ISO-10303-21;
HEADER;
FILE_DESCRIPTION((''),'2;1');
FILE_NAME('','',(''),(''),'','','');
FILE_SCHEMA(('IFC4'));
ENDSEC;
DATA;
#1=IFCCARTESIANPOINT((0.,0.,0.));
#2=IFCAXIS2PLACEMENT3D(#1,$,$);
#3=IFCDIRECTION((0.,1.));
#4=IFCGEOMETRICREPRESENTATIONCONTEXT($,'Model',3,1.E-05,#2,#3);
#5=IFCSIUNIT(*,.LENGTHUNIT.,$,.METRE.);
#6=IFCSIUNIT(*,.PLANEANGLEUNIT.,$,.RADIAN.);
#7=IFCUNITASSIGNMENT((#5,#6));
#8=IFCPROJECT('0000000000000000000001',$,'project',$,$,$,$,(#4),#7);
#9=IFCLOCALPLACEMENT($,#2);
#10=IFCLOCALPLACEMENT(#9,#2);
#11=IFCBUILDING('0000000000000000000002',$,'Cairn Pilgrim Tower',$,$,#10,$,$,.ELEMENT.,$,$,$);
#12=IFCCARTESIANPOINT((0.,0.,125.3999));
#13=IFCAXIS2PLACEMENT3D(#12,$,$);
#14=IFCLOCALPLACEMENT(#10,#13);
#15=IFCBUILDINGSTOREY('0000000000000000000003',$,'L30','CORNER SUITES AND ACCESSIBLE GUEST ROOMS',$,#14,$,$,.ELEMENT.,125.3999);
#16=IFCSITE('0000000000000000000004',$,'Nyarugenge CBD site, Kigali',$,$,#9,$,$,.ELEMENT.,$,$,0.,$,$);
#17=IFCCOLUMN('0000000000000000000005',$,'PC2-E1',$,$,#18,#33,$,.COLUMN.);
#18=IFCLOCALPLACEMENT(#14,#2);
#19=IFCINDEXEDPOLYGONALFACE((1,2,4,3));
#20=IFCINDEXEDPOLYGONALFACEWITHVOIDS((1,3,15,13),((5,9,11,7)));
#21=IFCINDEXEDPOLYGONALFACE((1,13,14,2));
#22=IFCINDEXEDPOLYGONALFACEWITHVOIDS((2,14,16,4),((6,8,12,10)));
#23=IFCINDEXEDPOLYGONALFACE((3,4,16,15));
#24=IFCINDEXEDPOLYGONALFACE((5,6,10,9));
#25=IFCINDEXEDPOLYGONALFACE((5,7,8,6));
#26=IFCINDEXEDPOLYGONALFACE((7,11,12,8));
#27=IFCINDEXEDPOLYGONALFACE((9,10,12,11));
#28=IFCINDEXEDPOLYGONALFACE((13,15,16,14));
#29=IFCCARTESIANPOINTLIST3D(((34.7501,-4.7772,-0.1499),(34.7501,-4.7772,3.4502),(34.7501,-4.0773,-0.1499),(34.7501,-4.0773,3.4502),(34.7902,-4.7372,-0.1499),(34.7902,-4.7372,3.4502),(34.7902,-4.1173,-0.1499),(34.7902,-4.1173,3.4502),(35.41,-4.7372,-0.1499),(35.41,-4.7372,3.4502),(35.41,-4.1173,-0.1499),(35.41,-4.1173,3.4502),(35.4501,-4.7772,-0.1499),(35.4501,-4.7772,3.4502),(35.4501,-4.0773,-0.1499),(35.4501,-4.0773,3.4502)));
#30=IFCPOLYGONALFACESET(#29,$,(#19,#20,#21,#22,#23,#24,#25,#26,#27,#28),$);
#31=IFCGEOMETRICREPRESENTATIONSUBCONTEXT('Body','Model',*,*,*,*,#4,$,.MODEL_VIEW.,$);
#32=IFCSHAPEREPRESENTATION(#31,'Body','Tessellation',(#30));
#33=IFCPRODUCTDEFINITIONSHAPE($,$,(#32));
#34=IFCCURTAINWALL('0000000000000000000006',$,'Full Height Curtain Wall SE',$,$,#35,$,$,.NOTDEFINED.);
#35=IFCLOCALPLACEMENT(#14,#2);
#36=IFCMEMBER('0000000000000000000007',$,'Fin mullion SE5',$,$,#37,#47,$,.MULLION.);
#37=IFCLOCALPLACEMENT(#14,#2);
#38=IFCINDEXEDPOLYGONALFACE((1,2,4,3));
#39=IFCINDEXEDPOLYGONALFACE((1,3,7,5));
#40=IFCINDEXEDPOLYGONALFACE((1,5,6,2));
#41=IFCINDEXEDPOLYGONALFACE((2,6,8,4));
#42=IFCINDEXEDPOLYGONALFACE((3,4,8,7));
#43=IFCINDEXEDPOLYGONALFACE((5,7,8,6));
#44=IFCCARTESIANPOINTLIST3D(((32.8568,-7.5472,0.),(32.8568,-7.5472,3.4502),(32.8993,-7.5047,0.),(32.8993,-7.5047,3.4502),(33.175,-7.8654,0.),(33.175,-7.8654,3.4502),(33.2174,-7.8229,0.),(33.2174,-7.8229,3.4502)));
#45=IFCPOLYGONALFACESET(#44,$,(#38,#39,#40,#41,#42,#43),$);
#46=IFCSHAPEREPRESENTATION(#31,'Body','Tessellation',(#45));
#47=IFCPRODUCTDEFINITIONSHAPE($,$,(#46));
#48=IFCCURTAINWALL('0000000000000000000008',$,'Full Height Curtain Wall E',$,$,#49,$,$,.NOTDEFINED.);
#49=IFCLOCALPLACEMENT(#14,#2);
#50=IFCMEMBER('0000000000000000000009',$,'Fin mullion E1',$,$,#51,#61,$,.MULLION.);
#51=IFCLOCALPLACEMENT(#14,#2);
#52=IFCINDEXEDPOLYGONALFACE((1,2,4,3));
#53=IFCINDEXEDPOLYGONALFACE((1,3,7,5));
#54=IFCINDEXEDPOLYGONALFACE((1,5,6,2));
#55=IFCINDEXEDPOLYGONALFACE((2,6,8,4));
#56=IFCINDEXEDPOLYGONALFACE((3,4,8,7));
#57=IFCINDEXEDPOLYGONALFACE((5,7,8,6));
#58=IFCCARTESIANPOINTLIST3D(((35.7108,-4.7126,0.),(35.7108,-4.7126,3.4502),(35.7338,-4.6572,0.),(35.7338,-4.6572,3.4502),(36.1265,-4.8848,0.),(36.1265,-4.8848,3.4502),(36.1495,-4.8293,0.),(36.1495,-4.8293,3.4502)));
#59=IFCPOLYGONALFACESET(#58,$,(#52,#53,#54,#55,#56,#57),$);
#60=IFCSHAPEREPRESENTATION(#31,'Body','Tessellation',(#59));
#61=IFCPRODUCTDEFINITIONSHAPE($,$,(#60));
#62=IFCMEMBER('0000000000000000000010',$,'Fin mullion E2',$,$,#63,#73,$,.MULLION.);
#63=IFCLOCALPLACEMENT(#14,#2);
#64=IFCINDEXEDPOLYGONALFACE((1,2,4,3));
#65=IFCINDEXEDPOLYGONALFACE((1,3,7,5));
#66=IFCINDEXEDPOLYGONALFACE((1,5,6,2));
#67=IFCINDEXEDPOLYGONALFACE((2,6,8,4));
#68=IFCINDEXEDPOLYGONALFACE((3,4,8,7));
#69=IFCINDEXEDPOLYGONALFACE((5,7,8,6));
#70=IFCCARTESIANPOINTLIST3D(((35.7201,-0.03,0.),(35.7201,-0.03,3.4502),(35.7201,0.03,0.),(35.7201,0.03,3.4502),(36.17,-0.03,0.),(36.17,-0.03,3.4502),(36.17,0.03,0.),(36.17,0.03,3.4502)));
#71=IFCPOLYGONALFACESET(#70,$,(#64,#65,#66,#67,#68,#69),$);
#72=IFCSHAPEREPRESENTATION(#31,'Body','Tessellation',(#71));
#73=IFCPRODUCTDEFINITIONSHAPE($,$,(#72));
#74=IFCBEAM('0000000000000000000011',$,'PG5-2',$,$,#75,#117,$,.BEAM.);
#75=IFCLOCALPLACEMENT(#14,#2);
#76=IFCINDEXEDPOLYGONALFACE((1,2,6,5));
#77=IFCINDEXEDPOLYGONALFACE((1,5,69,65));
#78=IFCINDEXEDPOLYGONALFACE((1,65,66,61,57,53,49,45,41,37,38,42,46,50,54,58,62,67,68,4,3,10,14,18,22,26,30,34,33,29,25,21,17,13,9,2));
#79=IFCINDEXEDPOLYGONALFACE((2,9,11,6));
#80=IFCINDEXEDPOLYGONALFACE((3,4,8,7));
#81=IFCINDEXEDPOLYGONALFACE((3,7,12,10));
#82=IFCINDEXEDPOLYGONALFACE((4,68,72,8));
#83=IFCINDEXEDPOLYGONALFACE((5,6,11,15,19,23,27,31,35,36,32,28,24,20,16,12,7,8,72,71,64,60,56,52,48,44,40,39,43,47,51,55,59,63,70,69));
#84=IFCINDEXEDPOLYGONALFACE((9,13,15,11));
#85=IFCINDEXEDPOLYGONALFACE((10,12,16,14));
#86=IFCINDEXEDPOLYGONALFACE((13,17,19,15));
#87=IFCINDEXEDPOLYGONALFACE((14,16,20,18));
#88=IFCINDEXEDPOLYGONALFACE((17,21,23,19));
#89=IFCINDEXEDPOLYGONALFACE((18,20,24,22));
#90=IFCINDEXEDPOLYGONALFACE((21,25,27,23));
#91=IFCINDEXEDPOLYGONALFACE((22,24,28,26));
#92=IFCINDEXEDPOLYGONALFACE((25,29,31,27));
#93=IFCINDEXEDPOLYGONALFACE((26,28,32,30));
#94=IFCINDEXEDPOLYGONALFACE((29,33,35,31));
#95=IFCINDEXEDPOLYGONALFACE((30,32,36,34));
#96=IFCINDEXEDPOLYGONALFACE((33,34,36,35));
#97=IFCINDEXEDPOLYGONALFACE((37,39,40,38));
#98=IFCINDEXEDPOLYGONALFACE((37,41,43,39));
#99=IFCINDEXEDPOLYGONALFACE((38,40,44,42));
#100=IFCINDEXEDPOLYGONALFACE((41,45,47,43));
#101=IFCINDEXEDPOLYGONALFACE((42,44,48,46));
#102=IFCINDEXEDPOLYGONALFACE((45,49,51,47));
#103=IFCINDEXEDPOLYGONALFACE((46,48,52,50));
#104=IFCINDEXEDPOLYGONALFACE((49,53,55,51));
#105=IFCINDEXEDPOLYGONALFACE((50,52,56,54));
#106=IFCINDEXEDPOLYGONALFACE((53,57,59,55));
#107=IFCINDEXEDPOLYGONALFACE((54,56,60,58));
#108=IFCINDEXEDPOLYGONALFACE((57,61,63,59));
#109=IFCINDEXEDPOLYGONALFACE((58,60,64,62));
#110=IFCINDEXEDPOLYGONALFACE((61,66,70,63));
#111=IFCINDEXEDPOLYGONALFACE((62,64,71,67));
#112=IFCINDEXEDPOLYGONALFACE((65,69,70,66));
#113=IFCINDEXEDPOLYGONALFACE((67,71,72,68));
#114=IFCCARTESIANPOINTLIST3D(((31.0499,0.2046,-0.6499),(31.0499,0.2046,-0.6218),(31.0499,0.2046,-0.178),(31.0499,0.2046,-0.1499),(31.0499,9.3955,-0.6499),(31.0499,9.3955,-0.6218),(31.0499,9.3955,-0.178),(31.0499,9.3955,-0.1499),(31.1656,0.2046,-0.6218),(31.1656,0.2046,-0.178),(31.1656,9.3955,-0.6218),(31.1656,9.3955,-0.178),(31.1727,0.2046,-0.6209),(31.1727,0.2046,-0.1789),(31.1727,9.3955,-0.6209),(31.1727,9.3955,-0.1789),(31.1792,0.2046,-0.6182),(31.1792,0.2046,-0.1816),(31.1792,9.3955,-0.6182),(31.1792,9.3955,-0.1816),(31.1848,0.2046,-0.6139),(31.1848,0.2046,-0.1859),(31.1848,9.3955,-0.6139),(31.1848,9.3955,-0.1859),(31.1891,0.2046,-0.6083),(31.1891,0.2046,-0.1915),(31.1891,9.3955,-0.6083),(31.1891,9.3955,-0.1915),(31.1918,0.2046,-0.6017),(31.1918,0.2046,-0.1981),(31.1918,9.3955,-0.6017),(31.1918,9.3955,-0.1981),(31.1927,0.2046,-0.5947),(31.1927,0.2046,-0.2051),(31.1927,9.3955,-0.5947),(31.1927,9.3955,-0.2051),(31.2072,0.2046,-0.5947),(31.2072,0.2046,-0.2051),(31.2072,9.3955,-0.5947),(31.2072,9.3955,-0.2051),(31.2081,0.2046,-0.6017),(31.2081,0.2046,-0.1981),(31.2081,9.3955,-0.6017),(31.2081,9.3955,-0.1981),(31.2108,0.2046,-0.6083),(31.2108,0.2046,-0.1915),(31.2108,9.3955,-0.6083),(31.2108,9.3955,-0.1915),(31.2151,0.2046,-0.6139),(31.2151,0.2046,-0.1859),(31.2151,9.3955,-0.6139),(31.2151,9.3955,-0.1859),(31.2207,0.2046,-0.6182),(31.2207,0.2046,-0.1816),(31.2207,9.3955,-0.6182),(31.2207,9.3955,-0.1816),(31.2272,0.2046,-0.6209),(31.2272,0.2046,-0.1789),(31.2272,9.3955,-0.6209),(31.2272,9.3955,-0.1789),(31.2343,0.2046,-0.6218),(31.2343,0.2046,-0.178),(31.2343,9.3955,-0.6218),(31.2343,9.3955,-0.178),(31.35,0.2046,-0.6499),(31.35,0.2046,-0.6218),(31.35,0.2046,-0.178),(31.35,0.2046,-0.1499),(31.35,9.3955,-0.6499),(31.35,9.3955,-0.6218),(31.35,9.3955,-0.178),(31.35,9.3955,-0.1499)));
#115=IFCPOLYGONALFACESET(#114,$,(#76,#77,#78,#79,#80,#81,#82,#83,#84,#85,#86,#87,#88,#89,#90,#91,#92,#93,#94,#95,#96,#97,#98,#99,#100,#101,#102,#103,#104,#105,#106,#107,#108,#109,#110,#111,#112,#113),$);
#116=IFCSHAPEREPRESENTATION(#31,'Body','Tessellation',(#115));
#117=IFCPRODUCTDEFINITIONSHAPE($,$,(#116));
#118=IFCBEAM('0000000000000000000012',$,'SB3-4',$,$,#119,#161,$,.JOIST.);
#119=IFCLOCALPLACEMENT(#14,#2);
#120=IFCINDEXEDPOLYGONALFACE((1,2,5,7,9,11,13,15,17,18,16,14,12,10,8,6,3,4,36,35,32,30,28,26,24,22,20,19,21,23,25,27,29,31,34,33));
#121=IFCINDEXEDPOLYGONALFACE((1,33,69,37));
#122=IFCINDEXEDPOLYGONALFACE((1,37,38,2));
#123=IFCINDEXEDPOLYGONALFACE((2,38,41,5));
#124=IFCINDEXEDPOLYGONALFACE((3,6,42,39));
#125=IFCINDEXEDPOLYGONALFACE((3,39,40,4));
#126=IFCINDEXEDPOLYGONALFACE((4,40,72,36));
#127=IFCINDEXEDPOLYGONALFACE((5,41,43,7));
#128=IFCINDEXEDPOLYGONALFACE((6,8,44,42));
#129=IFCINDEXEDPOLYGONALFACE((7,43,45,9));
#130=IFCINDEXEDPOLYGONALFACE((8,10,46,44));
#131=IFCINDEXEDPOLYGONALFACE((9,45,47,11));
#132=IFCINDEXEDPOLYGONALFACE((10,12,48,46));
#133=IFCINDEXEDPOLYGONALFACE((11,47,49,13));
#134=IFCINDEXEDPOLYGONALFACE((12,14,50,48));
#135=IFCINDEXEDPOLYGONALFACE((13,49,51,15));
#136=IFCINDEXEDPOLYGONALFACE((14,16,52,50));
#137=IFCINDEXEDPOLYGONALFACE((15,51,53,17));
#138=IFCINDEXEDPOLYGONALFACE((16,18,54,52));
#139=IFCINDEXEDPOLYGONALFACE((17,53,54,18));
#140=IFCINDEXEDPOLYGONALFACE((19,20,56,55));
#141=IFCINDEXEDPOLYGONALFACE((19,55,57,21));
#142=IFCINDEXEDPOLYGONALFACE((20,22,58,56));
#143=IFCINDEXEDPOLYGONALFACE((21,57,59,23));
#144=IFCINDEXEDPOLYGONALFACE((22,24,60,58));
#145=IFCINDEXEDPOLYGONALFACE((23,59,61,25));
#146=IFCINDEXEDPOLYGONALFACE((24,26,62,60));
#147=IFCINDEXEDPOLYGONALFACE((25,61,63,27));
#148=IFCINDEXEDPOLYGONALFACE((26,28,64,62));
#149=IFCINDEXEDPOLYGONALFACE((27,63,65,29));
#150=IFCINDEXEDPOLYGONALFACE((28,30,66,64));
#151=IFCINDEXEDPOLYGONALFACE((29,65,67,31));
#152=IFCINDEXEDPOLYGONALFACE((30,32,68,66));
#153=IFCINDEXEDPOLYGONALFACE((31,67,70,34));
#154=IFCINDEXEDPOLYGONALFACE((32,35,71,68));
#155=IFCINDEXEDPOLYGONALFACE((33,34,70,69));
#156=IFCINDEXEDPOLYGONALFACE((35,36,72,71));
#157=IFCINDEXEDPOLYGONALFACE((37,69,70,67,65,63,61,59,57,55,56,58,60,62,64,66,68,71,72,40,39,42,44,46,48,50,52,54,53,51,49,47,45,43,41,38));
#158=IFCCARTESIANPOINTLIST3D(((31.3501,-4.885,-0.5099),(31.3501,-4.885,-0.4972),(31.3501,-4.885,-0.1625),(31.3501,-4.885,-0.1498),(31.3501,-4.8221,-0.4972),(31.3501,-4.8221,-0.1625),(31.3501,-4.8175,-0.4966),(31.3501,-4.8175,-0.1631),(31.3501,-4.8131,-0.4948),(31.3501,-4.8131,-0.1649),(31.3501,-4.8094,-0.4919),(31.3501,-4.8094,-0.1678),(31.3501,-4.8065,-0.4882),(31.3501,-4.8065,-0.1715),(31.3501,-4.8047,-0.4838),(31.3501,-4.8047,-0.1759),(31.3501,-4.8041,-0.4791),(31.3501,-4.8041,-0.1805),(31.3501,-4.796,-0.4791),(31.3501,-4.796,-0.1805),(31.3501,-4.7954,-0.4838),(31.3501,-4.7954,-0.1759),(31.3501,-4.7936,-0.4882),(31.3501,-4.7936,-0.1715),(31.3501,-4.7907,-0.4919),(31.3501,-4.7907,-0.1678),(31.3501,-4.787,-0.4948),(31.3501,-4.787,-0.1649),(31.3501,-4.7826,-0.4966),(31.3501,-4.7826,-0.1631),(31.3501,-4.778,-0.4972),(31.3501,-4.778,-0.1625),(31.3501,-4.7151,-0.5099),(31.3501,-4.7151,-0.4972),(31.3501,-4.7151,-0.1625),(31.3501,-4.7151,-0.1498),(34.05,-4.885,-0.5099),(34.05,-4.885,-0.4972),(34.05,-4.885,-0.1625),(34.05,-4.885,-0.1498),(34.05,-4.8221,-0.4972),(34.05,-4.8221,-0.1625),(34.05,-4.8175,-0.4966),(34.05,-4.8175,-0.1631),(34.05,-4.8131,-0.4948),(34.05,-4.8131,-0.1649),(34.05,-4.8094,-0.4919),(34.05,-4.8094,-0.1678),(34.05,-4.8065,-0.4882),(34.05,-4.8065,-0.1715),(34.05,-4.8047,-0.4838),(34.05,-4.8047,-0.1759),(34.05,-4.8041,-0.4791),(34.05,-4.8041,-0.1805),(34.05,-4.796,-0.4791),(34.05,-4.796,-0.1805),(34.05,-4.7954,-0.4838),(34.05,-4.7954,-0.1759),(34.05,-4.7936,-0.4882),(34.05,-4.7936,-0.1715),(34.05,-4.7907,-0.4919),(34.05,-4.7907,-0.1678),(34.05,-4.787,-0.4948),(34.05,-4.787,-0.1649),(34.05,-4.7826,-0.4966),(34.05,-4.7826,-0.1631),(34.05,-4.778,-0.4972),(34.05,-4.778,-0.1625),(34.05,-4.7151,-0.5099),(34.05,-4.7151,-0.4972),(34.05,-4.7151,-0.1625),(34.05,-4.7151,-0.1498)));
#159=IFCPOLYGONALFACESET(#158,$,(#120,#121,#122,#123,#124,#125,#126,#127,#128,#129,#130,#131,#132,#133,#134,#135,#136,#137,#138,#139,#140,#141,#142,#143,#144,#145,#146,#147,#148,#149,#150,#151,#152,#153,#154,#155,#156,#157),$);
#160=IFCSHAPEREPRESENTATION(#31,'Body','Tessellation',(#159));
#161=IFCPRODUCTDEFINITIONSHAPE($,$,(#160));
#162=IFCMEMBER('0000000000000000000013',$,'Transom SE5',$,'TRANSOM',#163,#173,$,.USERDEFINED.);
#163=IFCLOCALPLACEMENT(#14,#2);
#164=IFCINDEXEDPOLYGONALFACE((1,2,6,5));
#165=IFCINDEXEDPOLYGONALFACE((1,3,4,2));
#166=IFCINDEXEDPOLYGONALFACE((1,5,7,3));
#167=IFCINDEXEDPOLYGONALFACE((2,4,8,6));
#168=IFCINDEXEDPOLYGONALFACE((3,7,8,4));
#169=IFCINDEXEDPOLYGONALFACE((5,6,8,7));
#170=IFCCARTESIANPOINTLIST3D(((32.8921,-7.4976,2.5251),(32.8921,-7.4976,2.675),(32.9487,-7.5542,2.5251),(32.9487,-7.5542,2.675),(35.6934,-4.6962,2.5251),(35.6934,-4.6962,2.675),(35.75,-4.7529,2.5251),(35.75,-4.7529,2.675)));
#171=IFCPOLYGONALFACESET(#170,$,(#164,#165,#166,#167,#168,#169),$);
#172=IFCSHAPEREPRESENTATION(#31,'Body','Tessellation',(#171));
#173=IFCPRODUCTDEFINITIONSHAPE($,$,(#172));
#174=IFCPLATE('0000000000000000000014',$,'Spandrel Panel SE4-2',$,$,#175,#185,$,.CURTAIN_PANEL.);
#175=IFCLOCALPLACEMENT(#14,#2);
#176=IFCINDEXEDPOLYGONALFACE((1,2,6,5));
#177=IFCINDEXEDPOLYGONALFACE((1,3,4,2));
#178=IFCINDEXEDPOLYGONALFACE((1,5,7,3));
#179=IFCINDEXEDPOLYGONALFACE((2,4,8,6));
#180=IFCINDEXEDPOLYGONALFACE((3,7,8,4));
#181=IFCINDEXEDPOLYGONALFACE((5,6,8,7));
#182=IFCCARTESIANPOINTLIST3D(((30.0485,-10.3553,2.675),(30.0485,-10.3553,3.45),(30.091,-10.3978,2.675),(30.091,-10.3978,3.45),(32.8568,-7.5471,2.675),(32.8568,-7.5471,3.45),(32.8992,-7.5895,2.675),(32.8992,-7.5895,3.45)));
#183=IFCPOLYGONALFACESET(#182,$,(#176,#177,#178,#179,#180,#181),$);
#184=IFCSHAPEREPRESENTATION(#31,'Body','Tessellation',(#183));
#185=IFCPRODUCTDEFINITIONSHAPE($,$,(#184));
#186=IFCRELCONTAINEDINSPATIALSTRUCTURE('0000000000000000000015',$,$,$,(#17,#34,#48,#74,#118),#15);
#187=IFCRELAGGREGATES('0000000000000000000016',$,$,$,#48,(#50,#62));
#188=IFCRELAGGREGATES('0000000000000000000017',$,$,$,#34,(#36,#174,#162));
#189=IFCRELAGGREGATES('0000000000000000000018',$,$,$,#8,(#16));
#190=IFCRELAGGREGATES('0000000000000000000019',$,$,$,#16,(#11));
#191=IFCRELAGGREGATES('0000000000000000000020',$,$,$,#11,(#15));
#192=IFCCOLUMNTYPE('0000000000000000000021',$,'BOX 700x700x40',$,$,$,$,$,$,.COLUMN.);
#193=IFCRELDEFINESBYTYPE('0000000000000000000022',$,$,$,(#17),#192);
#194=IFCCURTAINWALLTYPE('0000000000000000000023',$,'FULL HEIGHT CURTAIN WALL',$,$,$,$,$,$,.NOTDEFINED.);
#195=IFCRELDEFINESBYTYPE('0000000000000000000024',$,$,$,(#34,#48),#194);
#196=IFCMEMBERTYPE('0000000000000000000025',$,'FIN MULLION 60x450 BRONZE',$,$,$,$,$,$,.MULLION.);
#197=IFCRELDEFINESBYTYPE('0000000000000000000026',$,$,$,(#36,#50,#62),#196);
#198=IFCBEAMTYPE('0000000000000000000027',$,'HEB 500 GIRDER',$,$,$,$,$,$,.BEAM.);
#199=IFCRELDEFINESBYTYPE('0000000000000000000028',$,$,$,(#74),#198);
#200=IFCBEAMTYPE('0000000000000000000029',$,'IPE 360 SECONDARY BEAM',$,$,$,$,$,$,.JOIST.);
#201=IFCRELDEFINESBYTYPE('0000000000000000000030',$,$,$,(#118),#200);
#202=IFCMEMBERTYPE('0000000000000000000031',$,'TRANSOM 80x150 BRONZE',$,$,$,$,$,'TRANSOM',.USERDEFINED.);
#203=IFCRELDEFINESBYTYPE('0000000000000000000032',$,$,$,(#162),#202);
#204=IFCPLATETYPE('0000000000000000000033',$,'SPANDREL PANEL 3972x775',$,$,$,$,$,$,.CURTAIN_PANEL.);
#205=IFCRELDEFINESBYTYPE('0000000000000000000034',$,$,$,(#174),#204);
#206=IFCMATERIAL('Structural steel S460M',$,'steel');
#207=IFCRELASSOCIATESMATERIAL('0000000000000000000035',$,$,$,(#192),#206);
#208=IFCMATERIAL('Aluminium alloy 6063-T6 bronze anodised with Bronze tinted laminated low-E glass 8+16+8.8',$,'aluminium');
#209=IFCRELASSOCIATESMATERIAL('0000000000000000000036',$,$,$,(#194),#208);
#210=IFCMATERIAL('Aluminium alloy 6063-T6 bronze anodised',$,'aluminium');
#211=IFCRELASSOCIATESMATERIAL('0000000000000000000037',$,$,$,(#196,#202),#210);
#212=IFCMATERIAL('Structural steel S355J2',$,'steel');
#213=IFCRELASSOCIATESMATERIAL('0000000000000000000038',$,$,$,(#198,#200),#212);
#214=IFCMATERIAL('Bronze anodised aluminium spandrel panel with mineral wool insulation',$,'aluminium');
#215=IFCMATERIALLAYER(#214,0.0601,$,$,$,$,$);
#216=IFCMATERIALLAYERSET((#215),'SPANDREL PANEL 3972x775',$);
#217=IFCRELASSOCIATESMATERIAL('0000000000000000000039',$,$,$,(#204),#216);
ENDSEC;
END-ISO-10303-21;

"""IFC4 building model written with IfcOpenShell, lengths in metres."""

from ifc_helpers import new_model, si_unit, direction, frame, origin, origin_2d, place, context, subcontext, project, spatial, rectangle, hollow_rectangle, i_section, extrude, material, layer, layer_set, material_profile, profile_set, type_object, element, aggregate, save


model = new_model("IFC4")

# Units and contexts
model_context = context("Model", 3, precision=1e-05, world=origin(), true_north=direction((0.0, 1.0)))
body_context = subcontext(model_context, "Body", "Model", "MODEL_VIEW")
ifc_project = project(units=[si_unit("LENGTHUNIT", "METRE"), si_unit("PLANEANGLEUNIT", "RADIAN")], contexts=[model_context])

# Site, building, storey
site_placement = place(None, origin())
site = spatial("IfcSite", under=ifc_project, at=site_placement, Name="Nyarugenge CBD site, Kigali", CompositionType="ELEMENT", RefElevation=0.0)
building_placement = place(site_placement, origin())
building = spatial("IfcBuilding", under=site, at=building_placement, Name="Cairn Pilgrim Tower", CompositionType="ELEMENT")
storey_placement = place(building_placement, frame((0.0, 0.0, 125.3999)))
storey = spatial("IfcBuildingStorey", under=building, at=storey_placement, Name="L30", Description="CORNER SUITES AND ACCESSIBLE GUEST ROOMS", CompositionType="ELEMENT", Elevation=125.3999)

# Column
ifc_material_1 = material(Name="Structural steel S460M", Category="steel")
ifc_material_profile_1 = material_profile(ifc_material_1, hollow_rectangle(XDim=0.7, YDim=0.7, WallThickness=0.04, at=origin_2d()), Name="BOX 700x700x40")
ifc_profile_set_1 = profile_set([ifc_material_profile_1], Name="Structural steel S460M")
column_type = type_object("IfcColumnType", Name="BOX 700x700x40", PredefinedType="COLUMN", material=ifc_profile_set_1)
column_placement = place(storey_placement, frame((35.1001, -4.4272, -0.1499), z_axis=(0.0, 0.0, 1.0), x_axis=(1.0, 0.0, 0.0)))
element("IfcColumn", 1, at=column_placement, inside=storey, type_object=column_type, Name="PC2-E1", PredefinedType="COLUMN", context=body_context, shape_type="SweptSolid", body=[
    extrude(hollow_rectangle(XDim=0.7, YDim=0.7, WallThickness=0.04, at=origin_2d()), origin(), (0.0, 0.0, 1.0), 3.6001),
])

# Curtain wall, member
ifc_material_2 = material(Name="Aluminium alloy 6063-T6 bronze anodised with Bronze tinted laminated low-E glass 8+16+8.8", Category="aluminium")
curtain_wall_type = type_object("IfcCurtainWallType", Name="FULL HEIGHT CURTAIN WALL", PredefinedType="NOTDEFINED", material=ifc_material_2)
curtain_wall_1_placement = place(storey_placement, origin())
curtain_wall_1 = element("IfcCurtainWall", 2, at=curtain_wall_1_placement, inside=storey, type_object=curtain_wall_type, Name="Full Height Curtain Wall SE", PredefinedType="NOTDEFINED")
ifc_material_3 = material(Name="Aluminium alloy 6063-T6 bronze anodised", Category="aluminium")
ifc_material_profile_2 = material_profile(ifc_material_3, rectangle(XDim=0.45, YDim=0.0601, at=origin_2d()), Name="FIN MULLION 60x450 BRONZE")
ifc_profile_set_2 = profile_set([ifc_material_profile_2], Name="Aluminium alloy 6063-T6 bronze anodised")
member_type_1 = type_object("IfcMemberType", Name="FIN MULLION 60x450 BRONZE", PredefinedType="MULLION", material=ifc_profile_set_2)
member_1_placement = place(storey_placement, frame((33.0371, -7.6851, 0.0), z_axis=(0.0, 0.0, 1.0), x_axis=(0.707107, -0.707107, 0.0)))
member_1 = element("IfcMember", 3, at=member_1_placement, type_object=member_type_1, Name="Fin mullion SE5", PredefinedType="MULLION", context=body_context, shape_type="SweptSolid", body=[
    extrude(rectangle(XDim=0.45, YDim=0.0601, at=origin_2d()), origin(), (0.0, 0.0, 1.0), 3.4502),
])

# Curtain wall, members
curtain_wall_2_placement = place(storey_placement, origin())
curtain_wall_2 = element("IfcCurtainWall", 4, at=curtain_wall_2_placement, inside=storey, type_object=curtain_wall_type, Name="Full Height Curtain Wall E", PredefinedType="NOTDEFINED")
member_2_placement = place(storey_placement, frame((35.9302, -4.771, 0.0), z_axis=(0.0, 0.0, 1.0), x_axis=(0.92388, -0.382683, 0.0)))
member_2 = element("IfcMember", 5, at=member_2_placement, type_object=member_type_1, Name="Fin mullion E1", PredefinedType="MULLION", context=body_context, shape_type="SweptSolid", body=[
    extrude(rectangle(XDim=0.45, YDim=0.0601, at=origin_2d()), origin(), (0.0, 0.0, 1.0), 3.4502),
])
member_3_placement = place(storey_placement, frame((35.9451, 0.0, 0.0), z_axis=(0.0, 0.0, 1.0), x_axis=(1.0, 0.0, 0.0)))
member_3 = element("IfcMember", 6, at=member_3_placement, type_object=member_type_1, Name="Fin mullion E2", PredefinedType="MULLION", context=body_context, shape_type="SweptSolid", body=[
    extrude(rectangle(XDim=0.45, YDim=0.0601, at=origin_2d()), origin(), (0.0, 0.0, 1.0), 3.4502),
])
aggregate(curtain_wall_2, [member_2, member_3])

# Beams
ifc_material_4 = material(Name="Structural steel S355J2", Category="steel")
ifc_material_profile_3 = material_profile(ifc_material_4, i_section(OverallWidth=0.3, OverallDepth=0.5, WebThickness=0.0144, FlangeThickness=0.0281, FilletRadius=0.0271, at=origin_2d()), Name="HEB 500")
ifc_profile_set_3 = profile_set([ifc_material_profile_3], Name="Structural steel S355J2")
beam_type_1 = type_object("IfcBeamType", Name="HEB 500 GIRDER", PredefinedType="BEAM", material=ifc_profile_set_3)
beam_1_placement = place(storey_placement, frame((31.2, 0.2046, -0.3999), z_axis=(0.0, 1.0, 0.0), x_axis=(-1.0, 0.0, 0.0)))
element("IfcBeam", 7, at=beam_1_placement, inside=storey, type_object=beam_type_1, Name="PG5-2", PredefinedType="BEAM", context=body_context, shape_type="SweptSolid", body=[
    extrude(i_section(OverallWidth=0.3, OverallDepth=0.5, WebThickness=0.0144, FlangeThickness=0.0281, FilletRadius=0.0271, at=origin_2d()), origin(), (0.0, 0.0, 1.0), 9.1909),
])
ifc_material_profile_4 = material_profile(ifc_material_4, i_section(OverallWidth=0.1699, OverallDepth=0.3601, WebThickness=0.0081, FlangeThickness=0.0127, FilletRadius=0.0181, at=origin_2d()), Name="IPE 360")
ifc_profile_set_4 = profile_set([ifc_material_profile_4], Name="Structural steel S355J2")
beam_type_2 = type_object("IfcBeamType", Name="IPE 360 SECONDARY BEAM", PredefinedType="JOIST", material=ifc_profile_set_4)
beam_2_placement = place(storey_placement, frame((31.3501, -4.8, -0.3298), z_axis=(1.0, 0.0, 0.0), x_axis=(0.0, 1.0, 0.0)))
element("IfcBeam", 8, at=beam_2_placement, inside=storey, type_object=beam_type_2, Name="SB3-4", PredefinedType="JOIST", context=body_context, shape_type="SweptSolid", body=[
    extrude(i_section(OverallWidth=0.1699, OverallDepth=0.3601, WebThickness=0.0081, FlangeThickness=0.0127, FilletRadius=0.0181, at=origin_2d()), origin(), (0.0, 0.0, 1.0), 2.7),
])

# Member
ifc_material_profile_5 = material_profile(ifc_material_3, rectangle(XDim=0.0801, YDim=0.1499, at=origin_2d()), Name="TRANSOM 80x150 BRONZE")
ifc_profile_set_5 = profile_set([ifc_material_profile_5], Name="Aluminium alloy 6063-T6 bronze anodised")
member_type_2 = type_object("IfcMemberType", Name="TRANSOM 80x150 BRONZE", ElementType="TRANSOM", PredefinedType="USERDEFINED", material=ifc_profile_set_5)
member_4_placement = place(storey_placement, frame((32.9204, -7.5259, 2.6001), z_axis=(0.707107, 0.707107, 0.0), x_axis=(-0.707107, 0.707107, 0.0)))
member_4 = element("IfcMember", 9, at=member_4_placement, type_object=member_type_2, Name="Transom SE5", ObjectType="TRANSOM", PredefinedType="USERDEFINED", context=body_context, shape_type="SweptSolid", body=[
    extrude(rectangle(XDim=0.0801, YDim=0.1499, at=origin_2d()), origin(), (0.0, 0.0, 1.0), 3.9617),
])

# Plate
ifc_material_5 = material(Name="Bronze anodised aluminium spandrel panel with mineral wool insulation", Category="aluminium")
ifc_layer_1 = layer(ifc_material_5, 0.0601)
ifc_layer_set_1 = layer_set([ifc_layer_1], Name="SPANDREL PANEL 3972x775")
plate_type_1 = type_object("IfcPlateType", Name="SPANDREL PANEL 3972x775", PredefinedType="CURTAIN_PANEL", material=ifc_layer_set_1)
plate_1_placement = place(storey_placement, frame((31.4739, -8.9724, 2.675), z_axis=(0.0, 0.0, 1.0), x_axis=(0.707107, 0.707107, 0.0)))
plate_1 = element("IfcPlate", 10, at=plate_1_placement, type_object=plate_type_1, Name="Spandrel Panel SE4-2", PredefinedType="CURTAIN_PANEL", context=body_context, shape_type="SweptSolid", body=[
    extrude(rectangle(XDim=3.9714, YDim=0.0601, at=origin_2d()), origin(), (0.0, 0.0, 1.0), 0.7749),
])
aggregate(curtain_wall_1, [member_1, plate_1, member_4])

save(model, "model.ifc")
